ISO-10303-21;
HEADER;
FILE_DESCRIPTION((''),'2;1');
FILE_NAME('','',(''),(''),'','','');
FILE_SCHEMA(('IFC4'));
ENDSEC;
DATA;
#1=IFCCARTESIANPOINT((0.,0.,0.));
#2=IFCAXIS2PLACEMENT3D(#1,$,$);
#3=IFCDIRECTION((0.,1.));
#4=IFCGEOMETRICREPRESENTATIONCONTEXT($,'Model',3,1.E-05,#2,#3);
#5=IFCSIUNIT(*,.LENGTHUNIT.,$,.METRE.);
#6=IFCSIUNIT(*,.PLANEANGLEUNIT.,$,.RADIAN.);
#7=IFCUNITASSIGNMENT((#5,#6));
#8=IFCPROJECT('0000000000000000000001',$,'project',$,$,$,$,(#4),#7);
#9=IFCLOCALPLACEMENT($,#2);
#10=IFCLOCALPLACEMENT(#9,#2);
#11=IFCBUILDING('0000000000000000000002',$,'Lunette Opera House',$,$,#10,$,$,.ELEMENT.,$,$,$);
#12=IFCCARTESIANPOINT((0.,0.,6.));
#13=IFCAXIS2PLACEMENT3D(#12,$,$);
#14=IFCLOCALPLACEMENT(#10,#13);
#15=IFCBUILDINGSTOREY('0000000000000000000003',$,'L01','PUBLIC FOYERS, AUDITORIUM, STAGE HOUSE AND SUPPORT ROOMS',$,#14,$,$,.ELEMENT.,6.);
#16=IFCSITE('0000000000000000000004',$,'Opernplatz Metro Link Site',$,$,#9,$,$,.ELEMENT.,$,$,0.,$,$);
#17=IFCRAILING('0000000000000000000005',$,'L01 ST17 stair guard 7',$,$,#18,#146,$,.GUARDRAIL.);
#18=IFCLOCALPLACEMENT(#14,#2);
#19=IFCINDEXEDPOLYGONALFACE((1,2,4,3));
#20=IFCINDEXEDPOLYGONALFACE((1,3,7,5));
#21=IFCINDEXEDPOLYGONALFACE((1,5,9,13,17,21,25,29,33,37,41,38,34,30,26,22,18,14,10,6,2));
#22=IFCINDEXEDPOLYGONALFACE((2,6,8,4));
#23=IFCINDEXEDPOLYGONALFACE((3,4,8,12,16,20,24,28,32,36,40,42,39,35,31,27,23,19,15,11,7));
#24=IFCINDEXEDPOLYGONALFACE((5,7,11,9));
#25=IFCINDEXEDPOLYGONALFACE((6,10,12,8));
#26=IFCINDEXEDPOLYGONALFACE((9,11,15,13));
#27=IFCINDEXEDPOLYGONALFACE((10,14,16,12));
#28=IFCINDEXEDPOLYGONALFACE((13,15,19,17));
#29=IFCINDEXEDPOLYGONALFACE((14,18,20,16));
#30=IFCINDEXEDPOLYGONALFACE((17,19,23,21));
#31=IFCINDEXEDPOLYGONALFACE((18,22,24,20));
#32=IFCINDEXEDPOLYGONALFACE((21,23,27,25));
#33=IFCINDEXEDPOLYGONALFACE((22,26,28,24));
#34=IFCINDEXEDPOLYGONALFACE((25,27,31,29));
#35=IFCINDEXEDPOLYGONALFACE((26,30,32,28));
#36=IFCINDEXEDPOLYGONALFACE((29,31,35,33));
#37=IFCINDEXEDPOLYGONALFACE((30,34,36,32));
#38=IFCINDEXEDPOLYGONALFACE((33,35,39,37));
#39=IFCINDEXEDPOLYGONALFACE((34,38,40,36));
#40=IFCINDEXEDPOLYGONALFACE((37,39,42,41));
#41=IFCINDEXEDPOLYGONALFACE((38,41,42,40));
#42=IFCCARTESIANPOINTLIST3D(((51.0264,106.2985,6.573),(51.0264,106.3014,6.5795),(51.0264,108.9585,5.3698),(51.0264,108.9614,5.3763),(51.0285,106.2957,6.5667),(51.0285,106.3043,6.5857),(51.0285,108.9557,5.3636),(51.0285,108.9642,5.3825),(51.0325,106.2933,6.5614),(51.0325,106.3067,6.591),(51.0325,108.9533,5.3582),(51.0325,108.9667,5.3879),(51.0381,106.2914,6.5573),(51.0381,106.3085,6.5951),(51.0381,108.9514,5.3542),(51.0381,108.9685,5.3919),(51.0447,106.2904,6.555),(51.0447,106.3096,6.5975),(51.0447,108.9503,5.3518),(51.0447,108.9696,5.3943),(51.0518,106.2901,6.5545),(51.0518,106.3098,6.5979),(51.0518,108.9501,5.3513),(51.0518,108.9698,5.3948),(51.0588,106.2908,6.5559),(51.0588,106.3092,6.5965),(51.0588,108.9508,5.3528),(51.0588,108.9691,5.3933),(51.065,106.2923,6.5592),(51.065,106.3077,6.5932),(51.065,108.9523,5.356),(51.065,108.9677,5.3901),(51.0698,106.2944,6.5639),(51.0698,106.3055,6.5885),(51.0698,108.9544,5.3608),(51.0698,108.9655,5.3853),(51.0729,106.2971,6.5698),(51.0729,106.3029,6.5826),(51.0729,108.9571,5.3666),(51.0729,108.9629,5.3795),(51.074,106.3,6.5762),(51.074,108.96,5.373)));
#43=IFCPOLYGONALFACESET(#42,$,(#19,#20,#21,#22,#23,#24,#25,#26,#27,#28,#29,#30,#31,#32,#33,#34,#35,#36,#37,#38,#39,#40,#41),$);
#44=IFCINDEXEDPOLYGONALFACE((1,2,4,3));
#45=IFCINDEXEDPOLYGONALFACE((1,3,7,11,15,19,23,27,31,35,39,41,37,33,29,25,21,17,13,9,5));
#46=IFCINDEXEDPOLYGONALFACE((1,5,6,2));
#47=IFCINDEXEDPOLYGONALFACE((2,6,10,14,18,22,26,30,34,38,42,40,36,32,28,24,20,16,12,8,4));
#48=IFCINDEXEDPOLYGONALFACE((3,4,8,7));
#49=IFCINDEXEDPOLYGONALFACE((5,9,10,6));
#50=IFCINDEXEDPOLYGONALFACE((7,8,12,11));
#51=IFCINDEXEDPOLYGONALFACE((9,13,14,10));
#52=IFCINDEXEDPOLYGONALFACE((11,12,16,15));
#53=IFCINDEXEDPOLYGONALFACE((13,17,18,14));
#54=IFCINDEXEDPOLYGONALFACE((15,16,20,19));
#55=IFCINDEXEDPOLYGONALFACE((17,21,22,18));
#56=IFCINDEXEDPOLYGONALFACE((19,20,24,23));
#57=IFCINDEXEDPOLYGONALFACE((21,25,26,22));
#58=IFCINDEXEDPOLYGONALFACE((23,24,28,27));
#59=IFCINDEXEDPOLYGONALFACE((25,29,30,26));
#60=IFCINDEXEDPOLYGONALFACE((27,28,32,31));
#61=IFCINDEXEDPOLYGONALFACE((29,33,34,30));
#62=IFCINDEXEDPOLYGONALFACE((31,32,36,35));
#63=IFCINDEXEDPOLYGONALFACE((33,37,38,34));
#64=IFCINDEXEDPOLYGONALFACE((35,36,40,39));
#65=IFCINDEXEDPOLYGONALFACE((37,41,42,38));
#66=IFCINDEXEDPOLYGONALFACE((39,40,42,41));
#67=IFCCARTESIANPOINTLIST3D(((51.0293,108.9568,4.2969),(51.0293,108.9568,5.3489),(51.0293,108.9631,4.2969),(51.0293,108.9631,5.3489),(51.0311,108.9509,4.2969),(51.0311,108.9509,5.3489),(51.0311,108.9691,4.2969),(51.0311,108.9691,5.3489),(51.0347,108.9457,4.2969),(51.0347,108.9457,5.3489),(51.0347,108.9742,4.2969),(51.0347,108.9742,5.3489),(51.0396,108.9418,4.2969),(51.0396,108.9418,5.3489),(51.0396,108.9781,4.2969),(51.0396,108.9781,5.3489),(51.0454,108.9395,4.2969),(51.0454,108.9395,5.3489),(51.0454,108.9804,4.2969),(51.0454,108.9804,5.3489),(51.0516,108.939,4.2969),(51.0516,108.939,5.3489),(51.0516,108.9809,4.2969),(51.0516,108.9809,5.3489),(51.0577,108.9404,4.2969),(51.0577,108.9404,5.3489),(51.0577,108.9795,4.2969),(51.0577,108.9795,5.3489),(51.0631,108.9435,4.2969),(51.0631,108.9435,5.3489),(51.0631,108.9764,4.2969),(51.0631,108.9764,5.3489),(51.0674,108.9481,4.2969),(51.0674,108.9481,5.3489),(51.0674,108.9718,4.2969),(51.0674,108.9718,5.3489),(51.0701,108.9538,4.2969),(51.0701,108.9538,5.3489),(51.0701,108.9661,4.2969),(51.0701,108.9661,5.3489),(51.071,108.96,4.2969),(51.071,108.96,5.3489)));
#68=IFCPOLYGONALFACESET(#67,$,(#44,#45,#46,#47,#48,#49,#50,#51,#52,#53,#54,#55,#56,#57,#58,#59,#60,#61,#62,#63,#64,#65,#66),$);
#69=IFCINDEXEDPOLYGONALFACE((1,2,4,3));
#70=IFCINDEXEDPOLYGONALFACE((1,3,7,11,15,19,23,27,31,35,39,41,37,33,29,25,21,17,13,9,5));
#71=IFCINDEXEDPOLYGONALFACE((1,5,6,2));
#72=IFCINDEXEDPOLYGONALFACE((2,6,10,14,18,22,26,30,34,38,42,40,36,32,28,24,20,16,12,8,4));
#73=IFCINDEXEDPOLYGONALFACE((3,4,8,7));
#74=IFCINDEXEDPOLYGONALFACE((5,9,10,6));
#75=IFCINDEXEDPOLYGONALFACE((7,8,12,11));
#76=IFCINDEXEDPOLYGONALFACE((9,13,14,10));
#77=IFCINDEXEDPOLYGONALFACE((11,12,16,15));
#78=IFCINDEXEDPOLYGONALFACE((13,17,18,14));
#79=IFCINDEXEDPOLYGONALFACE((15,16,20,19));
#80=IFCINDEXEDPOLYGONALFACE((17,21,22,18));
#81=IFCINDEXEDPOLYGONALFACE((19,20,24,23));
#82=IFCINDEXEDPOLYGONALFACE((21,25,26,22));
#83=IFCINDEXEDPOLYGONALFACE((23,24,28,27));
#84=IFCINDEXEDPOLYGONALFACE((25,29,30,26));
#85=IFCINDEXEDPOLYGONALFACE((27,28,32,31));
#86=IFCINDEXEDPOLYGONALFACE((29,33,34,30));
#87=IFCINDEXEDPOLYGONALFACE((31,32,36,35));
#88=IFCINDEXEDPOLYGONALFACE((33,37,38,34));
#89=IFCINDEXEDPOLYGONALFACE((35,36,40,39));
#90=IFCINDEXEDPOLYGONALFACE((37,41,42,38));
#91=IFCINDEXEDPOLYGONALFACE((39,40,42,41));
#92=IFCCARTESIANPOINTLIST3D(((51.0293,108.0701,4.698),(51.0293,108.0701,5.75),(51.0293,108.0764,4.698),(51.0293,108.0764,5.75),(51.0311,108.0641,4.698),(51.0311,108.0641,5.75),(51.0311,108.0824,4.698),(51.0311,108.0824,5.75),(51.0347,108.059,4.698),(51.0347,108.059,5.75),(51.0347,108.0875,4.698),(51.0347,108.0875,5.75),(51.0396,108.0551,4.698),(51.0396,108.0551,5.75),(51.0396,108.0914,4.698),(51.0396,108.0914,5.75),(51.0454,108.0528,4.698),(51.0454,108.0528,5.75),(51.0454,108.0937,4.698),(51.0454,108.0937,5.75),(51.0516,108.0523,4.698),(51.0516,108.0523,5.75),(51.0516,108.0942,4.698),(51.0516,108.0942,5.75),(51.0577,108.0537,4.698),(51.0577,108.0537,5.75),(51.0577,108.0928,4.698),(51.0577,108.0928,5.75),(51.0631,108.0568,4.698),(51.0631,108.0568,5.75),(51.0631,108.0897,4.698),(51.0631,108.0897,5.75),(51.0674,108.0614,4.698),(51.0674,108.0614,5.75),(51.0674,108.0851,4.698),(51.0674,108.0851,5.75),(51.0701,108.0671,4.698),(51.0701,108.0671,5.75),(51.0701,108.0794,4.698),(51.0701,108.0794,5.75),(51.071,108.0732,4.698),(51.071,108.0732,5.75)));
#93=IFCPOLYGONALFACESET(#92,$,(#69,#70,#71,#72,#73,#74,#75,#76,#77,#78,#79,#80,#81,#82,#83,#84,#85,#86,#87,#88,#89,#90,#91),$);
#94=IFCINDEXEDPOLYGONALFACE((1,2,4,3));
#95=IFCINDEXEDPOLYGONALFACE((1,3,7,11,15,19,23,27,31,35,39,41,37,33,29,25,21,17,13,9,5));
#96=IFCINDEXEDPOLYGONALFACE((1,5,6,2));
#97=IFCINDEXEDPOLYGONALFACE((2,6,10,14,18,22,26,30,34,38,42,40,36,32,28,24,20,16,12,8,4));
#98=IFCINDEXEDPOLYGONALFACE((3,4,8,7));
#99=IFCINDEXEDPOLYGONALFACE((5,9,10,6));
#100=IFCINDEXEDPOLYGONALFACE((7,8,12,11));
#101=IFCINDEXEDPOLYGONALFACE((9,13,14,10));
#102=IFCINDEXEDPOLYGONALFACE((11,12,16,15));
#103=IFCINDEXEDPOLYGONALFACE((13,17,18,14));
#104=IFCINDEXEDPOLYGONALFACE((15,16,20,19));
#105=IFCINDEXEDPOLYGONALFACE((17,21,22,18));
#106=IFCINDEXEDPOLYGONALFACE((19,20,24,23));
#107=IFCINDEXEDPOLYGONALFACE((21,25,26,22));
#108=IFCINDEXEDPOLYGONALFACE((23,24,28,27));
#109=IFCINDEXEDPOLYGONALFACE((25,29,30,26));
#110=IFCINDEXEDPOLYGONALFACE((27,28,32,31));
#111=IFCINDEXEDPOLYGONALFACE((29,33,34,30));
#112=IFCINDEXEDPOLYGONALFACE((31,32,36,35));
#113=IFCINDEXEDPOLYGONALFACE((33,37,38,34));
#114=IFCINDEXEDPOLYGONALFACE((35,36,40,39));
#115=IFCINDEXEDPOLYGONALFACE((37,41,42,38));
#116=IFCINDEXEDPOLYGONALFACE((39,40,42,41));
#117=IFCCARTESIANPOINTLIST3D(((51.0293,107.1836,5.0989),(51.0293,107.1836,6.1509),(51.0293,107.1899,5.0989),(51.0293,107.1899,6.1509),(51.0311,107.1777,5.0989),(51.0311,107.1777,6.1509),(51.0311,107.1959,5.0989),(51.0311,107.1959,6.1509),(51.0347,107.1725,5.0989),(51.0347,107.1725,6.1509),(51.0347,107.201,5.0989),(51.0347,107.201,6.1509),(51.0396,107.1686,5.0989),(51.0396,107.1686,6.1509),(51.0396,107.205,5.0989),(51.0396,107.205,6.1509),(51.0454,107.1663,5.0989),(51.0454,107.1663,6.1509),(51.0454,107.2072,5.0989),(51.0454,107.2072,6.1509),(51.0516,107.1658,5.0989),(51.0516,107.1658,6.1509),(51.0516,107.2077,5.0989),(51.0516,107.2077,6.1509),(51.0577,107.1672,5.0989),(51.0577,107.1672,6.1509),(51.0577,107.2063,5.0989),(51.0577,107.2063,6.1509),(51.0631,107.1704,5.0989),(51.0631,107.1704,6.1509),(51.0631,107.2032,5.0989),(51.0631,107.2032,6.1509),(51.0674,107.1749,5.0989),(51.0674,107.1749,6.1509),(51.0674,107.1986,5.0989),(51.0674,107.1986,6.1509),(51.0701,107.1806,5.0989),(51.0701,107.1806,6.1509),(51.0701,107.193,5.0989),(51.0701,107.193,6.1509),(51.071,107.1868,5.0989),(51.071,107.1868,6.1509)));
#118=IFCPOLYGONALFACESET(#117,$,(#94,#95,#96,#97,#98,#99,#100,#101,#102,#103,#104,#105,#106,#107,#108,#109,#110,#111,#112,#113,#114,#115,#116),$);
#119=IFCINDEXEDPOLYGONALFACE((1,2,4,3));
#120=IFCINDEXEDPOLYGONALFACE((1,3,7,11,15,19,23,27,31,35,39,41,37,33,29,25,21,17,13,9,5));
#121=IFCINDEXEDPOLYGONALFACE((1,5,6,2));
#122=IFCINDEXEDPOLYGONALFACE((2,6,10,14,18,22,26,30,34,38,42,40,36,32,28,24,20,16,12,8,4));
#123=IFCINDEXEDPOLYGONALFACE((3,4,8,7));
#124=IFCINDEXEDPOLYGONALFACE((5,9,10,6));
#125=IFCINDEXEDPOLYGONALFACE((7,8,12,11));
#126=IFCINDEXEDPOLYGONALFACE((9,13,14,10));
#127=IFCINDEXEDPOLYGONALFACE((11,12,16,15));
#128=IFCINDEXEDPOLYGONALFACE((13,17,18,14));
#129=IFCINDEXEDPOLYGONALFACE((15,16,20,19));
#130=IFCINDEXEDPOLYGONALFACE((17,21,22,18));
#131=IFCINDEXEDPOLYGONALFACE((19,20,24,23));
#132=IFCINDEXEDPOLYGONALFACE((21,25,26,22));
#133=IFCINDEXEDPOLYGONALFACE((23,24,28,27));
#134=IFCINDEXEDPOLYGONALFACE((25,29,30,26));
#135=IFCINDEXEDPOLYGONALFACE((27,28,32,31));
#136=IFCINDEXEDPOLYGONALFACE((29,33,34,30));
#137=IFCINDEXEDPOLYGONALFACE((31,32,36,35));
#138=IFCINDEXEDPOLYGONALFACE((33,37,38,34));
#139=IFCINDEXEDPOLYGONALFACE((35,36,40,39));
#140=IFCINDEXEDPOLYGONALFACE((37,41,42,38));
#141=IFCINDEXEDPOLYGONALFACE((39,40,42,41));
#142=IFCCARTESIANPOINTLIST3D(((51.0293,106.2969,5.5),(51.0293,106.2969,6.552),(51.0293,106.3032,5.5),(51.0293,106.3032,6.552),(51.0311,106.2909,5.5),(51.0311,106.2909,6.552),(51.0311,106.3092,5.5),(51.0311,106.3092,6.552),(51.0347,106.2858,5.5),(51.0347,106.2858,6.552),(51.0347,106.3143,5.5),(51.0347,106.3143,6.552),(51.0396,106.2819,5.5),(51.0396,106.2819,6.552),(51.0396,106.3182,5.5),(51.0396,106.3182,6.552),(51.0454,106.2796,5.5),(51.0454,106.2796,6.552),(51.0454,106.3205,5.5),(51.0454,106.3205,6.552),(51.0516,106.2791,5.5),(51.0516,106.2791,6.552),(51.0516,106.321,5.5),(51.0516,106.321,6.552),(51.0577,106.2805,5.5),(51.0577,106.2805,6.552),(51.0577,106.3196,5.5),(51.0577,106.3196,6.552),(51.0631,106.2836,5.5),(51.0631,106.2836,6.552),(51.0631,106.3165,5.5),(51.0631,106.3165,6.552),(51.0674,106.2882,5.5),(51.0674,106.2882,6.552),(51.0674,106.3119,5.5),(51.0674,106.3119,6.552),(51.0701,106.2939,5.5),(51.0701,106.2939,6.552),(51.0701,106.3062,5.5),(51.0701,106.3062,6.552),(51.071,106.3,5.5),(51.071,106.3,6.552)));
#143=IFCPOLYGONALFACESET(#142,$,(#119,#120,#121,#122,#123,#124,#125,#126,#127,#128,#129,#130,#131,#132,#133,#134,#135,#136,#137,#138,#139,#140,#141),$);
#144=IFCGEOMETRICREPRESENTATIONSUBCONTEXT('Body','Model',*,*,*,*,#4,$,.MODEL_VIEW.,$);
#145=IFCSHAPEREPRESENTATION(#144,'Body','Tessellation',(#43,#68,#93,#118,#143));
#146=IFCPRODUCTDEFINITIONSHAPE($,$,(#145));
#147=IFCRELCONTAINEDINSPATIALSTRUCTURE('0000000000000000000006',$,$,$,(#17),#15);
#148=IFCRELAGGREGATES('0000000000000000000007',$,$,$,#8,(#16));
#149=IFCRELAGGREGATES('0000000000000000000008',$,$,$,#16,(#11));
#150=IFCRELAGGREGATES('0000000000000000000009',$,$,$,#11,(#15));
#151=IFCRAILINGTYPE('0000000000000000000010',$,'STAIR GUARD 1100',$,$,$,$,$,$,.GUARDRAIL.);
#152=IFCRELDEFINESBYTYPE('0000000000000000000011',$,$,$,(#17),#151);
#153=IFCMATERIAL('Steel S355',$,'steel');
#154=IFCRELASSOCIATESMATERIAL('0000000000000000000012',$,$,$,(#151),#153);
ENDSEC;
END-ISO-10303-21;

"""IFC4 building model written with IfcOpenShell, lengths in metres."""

from ifc_helpers import new_model, si_unit, direction, frame, origin, origin_2d, place, context, subcontext, project, spatial, circle, extrude, material, type_object, element, save


model = new_model("IFC4")

# Units and contexts
model_context = context("Model", 3, precision=1e-05, world=origin(), true_north=direction((0.0, 1.0)))
body_context = subcontext(model_context, "Body", "Model", "MODEL_VIEW")
ifc_project = project(units=[si_unit("LENGTHUNIT", "METRE"), si_unit("PLANEANGLEUNIT", "RADIAN")], contexts=[model_context])

# Site, building, storey
site_placement = place(None, origin())
site = spatial("IfcSite", under=ifc_project, at=site_placement, Name="Opernplatz Metro Link Site", CompositionType="ELEMENT", RefElevation=0.0)
building_placement = place(site_placement, origin())
building = spatial("IfcBuilding", under=site, at=building_placement, Name="Lunette Opera House", CompositionType="ELEMENT")
storey_placement = place(building_placement, frame((0.0, 0.0, 6.0)))
storey = spatial("IfcBuildingStorey", under=building, at=storey_placement, Name="L01", Description="PUBLIC FOYERS, AUDITORIUM, STAGE HOUSE AND SUPPORT ROOMS", CompositionType="ELEMENT", Elevation=6.0)

# Railing
ifc_material_1 = material(Name="Steel S355", Category="steel")
railing_type_1 = type_object("IfcRailingType", Name="STAIR GUARD 1100", PredefinedType="GUARDRAIL", material=ifc_material_1)
railing_1_placement = place(storey_placement, frame((51.05, 108.96, 4.2969)))
element("IfcRailing", 1, at=railing_1_placement, inside=storey, type_object=railing_type_1, Name="L01 ST17 stair guard 7", PredefinedType="GUARDRAIL", context=body_context, shape_type="SweptSolid", body=[
    extrude(circle(Radius=0.0239, at=origin_2d()), frame((0.0, 0.0, 1.0762), z_axis=(0.0, -0.91113, 0.41212), x_axis=(1.0, 0.0, 0.0)), (0.0, 0.0, 1.0), 2.9194),
    extrude(circle(Radius=0.021, at=origin_2d()), origin(), (0.0, 0.0, 1.0), 1.052),
    extrude(circle(Radius=0.021, at=origin_2d()), frame((0.0, -0.8867, 0.4011)), (0.0, 0.0, 1.0), 1.052),
    extrude(circle(Radius=0.021, at=origin_2d()), frame((0.0, -1.7732, 0.802)), (0.0, 0.0, 1.0), 1.052),
    extrude(circle(Radius=0.021, at=origin_2d()), frame((0.0, -2.6599, 1.2031)), (0.0, 0.0, 1.0), 1.052),
])

save(model, "model.ifc")
